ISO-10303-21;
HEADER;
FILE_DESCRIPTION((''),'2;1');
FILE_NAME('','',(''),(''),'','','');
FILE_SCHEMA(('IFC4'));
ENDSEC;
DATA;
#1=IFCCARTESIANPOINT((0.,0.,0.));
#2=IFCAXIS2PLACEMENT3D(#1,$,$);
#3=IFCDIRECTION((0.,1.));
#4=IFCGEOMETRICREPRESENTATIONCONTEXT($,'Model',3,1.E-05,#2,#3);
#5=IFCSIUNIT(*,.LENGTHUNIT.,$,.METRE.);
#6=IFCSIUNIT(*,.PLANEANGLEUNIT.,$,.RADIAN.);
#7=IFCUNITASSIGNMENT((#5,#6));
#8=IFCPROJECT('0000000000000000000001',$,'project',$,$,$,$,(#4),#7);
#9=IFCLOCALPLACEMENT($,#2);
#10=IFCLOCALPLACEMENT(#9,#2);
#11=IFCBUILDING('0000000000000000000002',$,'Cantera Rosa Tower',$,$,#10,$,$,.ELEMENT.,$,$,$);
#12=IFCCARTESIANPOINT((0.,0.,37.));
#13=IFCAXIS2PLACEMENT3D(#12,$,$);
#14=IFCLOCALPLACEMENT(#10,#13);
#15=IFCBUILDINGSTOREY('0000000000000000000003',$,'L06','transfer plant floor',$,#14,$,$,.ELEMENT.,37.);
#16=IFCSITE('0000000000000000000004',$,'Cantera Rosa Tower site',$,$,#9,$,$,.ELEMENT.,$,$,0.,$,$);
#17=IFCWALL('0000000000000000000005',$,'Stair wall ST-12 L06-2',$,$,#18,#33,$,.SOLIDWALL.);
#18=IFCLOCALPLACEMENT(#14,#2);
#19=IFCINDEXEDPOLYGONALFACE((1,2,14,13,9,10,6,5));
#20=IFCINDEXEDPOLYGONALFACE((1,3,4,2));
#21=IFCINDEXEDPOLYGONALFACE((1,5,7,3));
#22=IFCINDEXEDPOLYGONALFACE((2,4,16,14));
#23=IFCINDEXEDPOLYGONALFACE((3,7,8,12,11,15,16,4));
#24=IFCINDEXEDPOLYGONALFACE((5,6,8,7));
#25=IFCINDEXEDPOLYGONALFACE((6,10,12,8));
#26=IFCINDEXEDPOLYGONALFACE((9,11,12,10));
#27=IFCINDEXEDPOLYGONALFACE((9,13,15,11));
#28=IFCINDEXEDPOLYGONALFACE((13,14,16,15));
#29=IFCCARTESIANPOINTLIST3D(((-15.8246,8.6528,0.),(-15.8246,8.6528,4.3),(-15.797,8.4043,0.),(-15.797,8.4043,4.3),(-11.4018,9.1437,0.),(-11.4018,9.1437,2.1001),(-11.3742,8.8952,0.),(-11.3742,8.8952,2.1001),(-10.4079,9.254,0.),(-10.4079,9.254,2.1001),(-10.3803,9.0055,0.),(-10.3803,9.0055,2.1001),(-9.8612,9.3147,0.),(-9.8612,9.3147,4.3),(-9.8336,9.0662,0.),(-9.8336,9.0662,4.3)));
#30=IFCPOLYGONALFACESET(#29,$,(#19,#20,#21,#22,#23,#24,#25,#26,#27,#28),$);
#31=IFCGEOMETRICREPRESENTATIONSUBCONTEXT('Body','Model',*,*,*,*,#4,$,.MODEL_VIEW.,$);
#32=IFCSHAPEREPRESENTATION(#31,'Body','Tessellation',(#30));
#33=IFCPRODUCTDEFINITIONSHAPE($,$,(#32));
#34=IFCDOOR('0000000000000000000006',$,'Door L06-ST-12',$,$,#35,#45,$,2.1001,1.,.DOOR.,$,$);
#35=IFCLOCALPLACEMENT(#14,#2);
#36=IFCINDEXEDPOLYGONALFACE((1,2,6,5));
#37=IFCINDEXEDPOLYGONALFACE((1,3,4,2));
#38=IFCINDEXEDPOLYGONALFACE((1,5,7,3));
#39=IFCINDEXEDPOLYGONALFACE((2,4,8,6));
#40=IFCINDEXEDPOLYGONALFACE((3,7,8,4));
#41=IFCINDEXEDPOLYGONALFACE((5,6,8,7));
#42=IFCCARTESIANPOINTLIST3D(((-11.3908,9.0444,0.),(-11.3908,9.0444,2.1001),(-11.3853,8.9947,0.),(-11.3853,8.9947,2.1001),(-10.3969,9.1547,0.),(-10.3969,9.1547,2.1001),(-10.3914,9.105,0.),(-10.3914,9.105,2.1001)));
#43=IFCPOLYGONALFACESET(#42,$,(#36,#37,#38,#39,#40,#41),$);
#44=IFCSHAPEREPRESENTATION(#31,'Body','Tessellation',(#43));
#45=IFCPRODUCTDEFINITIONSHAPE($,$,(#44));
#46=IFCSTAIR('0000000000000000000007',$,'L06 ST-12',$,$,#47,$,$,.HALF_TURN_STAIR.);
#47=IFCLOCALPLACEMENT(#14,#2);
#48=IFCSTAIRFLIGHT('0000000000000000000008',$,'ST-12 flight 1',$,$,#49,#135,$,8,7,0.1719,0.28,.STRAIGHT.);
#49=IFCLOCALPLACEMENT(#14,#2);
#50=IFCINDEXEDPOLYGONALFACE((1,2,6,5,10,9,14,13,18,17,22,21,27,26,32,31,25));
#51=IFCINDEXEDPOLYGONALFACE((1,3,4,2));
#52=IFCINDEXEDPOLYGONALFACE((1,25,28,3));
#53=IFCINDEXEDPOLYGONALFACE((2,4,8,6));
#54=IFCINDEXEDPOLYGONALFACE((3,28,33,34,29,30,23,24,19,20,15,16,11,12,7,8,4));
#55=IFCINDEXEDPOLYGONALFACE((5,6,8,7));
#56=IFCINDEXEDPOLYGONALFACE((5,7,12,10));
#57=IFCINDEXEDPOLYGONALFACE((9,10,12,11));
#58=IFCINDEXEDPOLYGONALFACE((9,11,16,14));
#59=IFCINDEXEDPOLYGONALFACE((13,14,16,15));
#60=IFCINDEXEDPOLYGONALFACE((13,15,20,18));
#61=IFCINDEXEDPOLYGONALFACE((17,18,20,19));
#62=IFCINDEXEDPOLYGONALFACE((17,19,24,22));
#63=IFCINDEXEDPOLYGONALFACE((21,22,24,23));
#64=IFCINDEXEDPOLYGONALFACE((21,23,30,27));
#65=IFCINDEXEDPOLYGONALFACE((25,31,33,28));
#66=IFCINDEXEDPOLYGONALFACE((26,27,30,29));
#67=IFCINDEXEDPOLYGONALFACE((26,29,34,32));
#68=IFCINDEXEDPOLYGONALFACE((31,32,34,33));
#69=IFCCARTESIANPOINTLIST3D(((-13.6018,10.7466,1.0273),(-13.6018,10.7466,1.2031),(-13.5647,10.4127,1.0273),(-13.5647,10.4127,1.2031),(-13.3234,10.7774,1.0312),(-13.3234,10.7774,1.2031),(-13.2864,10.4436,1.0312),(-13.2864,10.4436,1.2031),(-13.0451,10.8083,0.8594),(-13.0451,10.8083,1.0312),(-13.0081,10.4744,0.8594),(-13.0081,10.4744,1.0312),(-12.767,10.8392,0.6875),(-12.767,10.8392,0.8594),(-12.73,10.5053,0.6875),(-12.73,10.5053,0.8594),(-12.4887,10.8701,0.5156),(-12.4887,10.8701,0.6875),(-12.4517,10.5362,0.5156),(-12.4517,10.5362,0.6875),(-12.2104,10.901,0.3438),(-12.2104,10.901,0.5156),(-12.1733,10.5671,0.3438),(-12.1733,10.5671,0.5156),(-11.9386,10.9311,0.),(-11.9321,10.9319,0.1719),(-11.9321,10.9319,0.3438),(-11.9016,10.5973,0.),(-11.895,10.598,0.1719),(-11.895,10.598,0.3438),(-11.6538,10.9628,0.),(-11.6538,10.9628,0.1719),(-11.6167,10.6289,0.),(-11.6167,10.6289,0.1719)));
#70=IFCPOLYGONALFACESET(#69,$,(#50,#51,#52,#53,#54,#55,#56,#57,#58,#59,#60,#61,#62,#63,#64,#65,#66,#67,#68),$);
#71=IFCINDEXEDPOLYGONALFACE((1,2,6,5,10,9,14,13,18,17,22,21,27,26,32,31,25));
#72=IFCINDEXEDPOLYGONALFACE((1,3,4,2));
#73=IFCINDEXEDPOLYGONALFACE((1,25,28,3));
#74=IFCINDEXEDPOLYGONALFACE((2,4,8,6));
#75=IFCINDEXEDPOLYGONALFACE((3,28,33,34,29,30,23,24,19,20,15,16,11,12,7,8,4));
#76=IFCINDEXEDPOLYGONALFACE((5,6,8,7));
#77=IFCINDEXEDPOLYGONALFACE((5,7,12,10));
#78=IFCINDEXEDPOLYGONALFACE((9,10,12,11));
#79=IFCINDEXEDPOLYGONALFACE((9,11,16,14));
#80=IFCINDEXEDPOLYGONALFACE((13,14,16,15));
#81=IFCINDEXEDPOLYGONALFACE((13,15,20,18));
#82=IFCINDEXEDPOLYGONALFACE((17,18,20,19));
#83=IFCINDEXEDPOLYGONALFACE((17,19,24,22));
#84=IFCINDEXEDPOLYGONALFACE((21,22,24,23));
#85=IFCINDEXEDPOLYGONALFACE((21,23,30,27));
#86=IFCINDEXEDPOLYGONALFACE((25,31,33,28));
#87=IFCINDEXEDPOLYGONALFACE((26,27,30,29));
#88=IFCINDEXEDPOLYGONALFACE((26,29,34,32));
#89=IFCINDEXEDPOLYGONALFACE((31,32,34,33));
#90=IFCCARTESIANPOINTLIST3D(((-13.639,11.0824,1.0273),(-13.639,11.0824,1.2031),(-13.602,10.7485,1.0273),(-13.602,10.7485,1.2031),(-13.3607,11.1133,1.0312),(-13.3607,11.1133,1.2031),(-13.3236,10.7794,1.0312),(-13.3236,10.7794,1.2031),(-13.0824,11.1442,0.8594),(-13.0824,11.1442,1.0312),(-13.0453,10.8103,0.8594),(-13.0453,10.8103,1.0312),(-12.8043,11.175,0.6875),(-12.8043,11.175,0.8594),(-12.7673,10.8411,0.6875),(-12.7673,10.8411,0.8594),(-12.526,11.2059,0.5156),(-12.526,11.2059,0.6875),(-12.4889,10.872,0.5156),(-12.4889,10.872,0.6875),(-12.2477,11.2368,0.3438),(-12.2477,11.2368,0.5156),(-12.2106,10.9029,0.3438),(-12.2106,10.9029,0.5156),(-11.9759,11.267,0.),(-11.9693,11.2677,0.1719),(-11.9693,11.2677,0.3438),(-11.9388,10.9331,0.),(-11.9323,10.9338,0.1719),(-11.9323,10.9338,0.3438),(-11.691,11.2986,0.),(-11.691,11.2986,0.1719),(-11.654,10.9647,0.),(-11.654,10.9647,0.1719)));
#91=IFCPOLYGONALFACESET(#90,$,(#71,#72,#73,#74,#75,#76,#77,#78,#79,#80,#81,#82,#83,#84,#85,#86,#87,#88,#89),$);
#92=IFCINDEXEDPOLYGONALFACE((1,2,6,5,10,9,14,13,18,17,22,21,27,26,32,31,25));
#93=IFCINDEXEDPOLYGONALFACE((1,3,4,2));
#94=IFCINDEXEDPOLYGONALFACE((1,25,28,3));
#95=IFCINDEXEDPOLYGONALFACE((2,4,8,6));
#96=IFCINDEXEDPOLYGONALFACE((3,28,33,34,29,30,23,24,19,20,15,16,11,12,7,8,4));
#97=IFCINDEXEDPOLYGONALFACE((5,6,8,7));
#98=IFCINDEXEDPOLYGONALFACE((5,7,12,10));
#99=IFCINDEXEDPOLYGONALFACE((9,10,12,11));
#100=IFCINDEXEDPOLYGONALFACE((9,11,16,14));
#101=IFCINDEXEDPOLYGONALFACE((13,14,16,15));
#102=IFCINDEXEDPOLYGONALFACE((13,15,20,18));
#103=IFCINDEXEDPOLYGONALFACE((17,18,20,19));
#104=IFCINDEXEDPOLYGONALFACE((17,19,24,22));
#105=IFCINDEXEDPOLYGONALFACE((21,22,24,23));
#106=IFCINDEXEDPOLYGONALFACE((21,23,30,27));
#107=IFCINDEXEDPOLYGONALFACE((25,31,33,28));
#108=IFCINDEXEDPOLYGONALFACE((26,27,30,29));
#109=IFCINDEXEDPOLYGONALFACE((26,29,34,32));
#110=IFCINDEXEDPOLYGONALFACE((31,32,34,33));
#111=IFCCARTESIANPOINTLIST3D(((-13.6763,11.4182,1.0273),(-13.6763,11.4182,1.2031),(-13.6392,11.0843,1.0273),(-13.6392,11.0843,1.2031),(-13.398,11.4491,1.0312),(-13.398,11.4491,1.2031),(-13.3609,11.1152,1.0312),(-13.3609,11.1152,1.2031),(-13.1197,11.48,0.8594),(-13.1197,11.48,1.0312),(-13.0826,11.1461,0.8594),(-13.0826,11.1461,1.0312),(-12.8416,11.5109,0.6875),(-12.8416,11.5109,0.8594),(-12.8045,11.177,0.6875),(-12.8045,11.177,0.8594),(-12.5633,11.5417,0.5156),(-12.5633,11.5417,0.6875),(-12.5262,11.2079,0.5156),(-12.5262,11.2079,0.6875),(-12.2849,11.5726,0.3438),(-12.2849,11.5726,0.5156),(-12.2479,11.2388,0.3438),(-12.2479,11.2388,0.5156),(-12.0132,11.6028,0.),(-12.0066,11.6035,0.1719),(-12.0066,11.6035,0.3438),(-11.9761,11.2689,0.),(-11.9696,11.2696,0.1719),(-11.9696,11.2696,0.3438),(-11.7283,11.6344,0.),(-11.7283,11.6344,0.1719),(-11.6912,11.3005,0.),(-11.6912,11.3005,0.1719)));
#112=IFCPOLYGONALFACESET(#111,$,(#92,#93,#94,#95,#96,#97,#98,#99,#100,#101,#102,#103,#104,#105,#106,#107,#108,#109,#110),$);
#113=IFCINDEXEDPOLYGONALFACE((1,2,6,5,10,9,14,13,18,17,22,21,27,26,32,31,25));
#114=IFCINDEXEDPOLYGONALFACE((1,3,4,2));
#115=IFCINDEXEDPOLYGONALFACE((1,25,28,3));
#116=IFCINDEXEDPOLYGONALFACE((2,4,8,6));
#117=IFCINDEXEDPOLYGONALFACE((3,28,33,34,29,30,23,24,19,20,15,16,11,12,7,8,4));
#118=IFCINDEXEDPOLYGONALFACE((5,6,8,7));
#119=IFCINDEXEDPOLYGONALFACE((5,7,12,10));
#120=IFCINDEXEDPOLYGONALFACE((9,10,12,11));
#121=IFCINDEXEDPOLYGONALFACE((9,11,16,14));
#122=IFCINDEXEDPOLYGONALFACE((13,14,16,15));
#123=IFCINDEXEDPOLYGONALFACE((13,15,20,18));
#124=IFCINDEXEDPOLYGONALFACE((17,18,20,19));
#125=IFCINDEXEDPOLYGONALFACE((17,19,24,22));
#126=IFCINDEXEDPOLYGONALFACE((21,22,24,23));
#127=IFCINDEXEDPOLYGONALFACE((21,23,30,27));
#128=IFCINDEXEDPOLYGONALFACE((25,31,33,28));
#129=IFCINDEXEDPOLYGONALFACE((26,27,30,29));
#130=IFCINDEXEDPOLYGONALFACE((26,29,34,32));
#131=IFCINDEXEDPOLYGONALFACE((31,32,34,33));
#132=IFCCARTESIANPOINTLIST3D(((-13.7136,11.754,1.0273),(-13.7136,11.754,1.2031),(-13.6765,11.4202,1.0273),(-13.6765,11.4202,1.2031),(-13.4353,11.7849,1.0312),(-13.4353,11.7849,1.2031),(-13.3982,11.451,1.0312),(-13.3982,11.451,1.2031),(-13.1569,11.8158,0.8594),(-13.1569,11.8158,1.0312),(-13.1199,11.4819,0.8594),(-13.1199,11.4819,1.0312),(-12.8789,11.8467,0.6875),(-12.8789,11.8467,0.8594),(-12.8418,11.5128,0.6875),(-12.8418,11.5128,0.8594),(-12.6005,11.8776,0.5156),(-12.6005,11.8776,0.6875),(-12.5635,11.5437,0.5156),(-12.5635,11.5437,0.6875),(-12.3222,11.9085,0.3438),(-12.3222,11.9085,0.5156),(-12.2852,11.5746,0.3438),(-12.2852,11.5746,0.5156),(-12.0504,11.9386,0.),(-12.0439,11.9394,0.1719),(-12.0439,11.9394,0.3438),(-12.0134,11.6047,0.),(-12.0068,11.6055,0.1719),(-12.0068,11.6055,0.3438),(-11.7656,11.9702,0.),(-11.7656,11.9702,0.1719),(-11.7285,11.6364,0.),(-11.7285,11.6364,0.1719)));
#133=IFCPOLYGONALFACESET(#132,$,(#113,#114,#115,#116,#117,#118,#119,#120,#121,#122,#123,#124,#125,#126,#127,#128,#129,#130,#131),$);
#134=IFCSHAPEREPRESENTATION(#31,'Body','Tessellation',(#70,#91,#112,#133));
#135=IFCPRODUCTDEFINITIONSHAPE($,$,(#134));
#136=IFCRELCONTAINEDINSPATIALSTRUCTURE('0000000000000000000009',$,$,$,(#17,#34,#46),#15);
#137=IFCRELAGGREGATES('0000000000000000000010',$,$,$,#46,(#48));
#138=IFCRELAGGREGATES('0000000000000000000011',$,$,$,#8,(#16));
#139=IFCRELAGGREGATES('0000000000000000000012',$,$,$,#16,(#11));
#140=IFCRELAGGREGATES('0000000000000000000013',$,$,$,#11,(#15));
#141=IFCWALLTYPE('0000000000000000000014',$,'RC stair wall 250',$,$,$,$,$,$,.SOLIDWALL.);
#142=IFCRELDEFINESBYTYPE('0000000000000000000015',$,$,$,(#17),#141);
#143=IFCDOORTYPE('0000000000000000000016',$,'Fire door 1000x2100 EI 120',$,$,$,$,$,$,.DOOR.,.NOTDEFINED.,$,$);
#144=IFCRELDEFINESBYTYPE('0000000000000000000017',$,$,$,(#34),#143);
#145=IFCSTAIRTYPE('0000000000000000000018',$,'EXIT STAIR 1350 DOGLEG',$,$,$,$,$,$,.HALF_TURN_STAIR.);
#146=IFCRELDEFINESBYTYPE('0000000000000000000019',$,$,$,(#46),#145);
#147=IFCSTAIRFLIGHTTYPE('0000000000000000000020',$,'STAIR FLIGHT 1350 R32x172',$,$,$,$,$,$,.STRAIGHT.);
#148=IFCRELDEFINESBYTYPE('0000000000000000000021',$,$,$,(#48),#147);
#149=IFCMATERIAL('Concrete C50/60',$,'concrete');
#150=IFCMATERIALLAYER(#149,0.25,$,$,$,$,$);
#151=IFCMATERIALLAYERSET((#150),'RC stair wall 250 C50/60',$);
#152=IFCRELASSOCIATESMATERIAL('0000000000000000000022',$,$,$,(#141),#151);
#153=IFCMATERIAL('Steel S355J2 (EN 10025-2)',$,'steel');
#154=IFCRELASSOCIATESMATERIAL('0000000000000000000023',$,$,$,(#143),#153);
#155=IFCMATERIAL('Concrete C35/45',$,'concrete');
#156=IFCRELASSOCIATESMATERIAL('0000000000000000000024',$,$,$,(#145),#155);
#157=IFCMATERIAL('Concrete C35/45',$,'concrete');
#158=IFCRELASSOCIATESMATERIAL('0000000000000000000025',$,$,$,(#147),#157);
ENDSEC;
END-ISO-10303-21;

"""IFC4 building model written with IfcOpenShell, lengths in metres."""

from ifc_helpers import new_model, si_unit, direction, frame, frame_2d, origin, place, context, subcontext, project, spatial, polyline, rectangle, outline, extrude, material, layer, layer_set, type_object, element, fill, aggregate, save


model = new_model("IFC4")

# Units and contexts
model_context = context("Model", 3, precision=1e-05, world=origin(), true_north=direction((0.0, 1.0)))
body_context = subcontext(model_context, "Body", "Model", "MODEL_VIEW")
ifc_project = project(units=[si_unit("LENGTHUNIT", "METRE"), si_unit("PLANEANGLEUNIT", "RADIAN")], contexts=[model_context])

# Site, building, storey
site_placement = place(None, origin())
site = spatial("IfcSite", under=ifc_project, at=site_placement, Name="Cantera Rosa Tower site", CompositionType="ELEMENT", RefElevation=0.0)
building_placement = place(site_placement, origin())
building = spatial("IfcBuilding", under=site, at=building_placement, Name="Cantera Rosa Tower", CompositionType="ELEMENT")
storey_placement = place(building_placement, frame((0.0, 0.0, 37.0)))
storey = spatial("IfcBuildingStorey", under=building, at=storey_placement, Name="L06", Description="transfer plant floor", CompositionType="ELEMENT", Elevation=37.0)

# Wall, opening, door
ifc_material_1 = material(Name="Concrete C50/60", Category="concrete")
ifc_layer_1 = layer(ifc_material_1, 0.25)
ifc_layer_set_1 = layer_set([ifc_layer_1], Name="RC stair wall 250 C50/60")
wall_type_1 = type_object("IfcWallType", Name="RC stair wall 250", PredefinedType="SOLIDWALL", material=ifc_layer_set_1)
wall_1_placement = place(storey_placement, frame((-9.8474, 9.1904, 0.0), z_axis=(0.0, 0.0, 1.0), x_axis=(-0.993897, -0.110311, 0.0)))
wall_1 = element("IfcWall", 1, at=wall_1_placement, inside=storey, type_object=wall_type_1, Name="Stair wall ST-12 L06-2", PredefinedType="SOLIDWALL", context=body_context, shape_type="SweptSolid", body=[
    extrude(rectangle(XDim=6.0, YDim=0.25, at=frame_2d((3.0, 0.0))), origin(), (0.0, 0.0, 1.0), 4.3),
])
opening_placement = place(wall_1_placement, frame((0.55, 0.0, 0.0)))
opening = element("IfcOpeningElement", 2, at=opening_placement, cuts=wall_1, PredefinedType="OPENING", context=body_context, shape_type="SweptSolid", body=[
    extrude(rectangle(XDim=1.0, YDim=2.1001, at=frame_2d((0.5, 1.05))), frame((0.0, 0.135, 0.0), z_axis=(0.0, -1.0, 0.0), x_axis=(1.0, 0.0, 0.0)), (0.0, 0.0, 1.0), 0.27),
])
ifc_material_2 = material(Name="Steel S355J2 (EN 10025-2)", Category="steel")
door_type = type_object("IfcDoorType", Name="Fire door 1000x2100 EI 120", OperationType="NOTDEFINED", PredefinedType="DOOR", material=ifc_material_2)
door_placement = place(opening_placement, origin())
door = element("IfcDoor", 3, at=door_placement, inside=storey, type_object=door_type, Name="Door L06-ST-12", OverallHeight=2.1001, OverallWidth=1.0, PredefinedType="DOOR", context=body_context, shape_type="SweptSolid", body=[
    extrude(rectangle(XDim=1.0, YDim=2.1001, at=frame_2d((0.5, 1.05))), frame((0.0, 0.0249, 0.0), z_axis=(0.0, -1.0, 0.0), x_axis=(1.0, 0.0, 0.0)), (0.0, 0.0, 1.0), 0.05),
])
fill(opening, door)

# Stair, stair flight
ifc_material_3 = material(Name="Concrete C35/45", Category="concrete")
stair_type = type_object("IfcStairType", Name="EXIT STAIR 1350 DOGLEG", PredefinedType="HALF_TURN_STAIR", material=ifc_material_3)
stair_placement = place(storey_placement, origin())
stair = element("IfcStair", 4, at=stair_placement, inside=storey, type_object=stair_type, Name="L06 ST-12", PredefinedType="HALF_TURN_STAIR")
ifc_material_4 = material(Name="Concrete C35/45", Category="concrete")
stair_flight_type = type_object("IfcStairFlightType", Name="STAIR FLIGHT 1350 R32x172", PredefinedType="STRAIGHT", material=ifc_material_4)
stair_flight_1_placement = place(storey_placement, frame((-11.6912, 11.2998, 0.0), z_axis=(0.0, 0.0, 1.0), x_axis=(-0.993897, -0.110313, 0.0)))
stair_flight_1 = element("IfcStairFlight", 5, at=stair_flight_1_placement, type_object=stair_flight_type, Name="ST-12 flight 1", NumberOfRisers=8, NumberOfTreads=7, PredefinedType="STRAIGHT", RiserHeight=0.1719, TreadLength=0.28, context=body_context, shape_type="SweptSolid", body=[
    extrude(outline(polyline([(0.0, 0.0), (0.0, 0.1719), (0.28, 0.1719), (0.28, 0.3438), (0.5601, 0.3438), (0.5601, 0.5156), (0.8401, 0.5156), (0.8401, 0.6875), (1.1201, 0.6875), (1.1201, 0.8594), (1.3999, 0.8594), (1.3999, 1.0312), (1.6799, 1.0312), (1.6799, 1.2031), (1.96, 1.2031), (1.96, 1.375), (1.96, 1.0273), (0.2866, 0.0), (0.0, 0.0)])), frame((0.0, 0.675, 0.0), z_axis=(0.0, -1.0, 0.0), x_axis=(1.0, 0.0, 0.0)), (0.0, 0.0, 1.0), 0.3359),
    extrude(outline(polyline([(0.0, 0.0), (0.0, 0.1719), (0.28, 0.1719), (0.28, 0.3438), (0.5601, 0.3438), (0.5601, 0.5156), (0.8401, 0.5156), (0.8401, 0.6875), (1.1201, 0.6875), (1.1201, 0.8594), (1.3999, 0.8594), (1.3999, 1.0312), (1.6799, 1.0312), (1.6799, 1.2031), (1.96, 1.2031), (1.96, 1.375), (1.96, 1.0273), (0.2866, 0.0), (0.0, 0.0)])), frame((0.0, 0.3372, 0.0), z_axis=(0.0, -1.0, 0.0), x_axis=(1.0, 0.0, 0.0)), (0.0, 0.0, 1.0), 0.3359),
    extrude(outline(polyline([(0.0, 0.0), (0.0, 0.1719), (0.28, 0.1719), (0.28, 0.3438), (0.5601, 0.3438), (0.5601, 0.5156), (0.8401, 0.5156), (0.8401, 0.6875), (1.1201, 0.6875), (1.1201, 0.8594), (1.3999, 0.8594), (1.3999, 1.0312), (1.6799, 1.0312), (1.6799, 1.2031), (1.96, 1.2031), (1.96, 1.375), (1.96, 1.0273), (0.2866, 0.0), (0.0, 0.0)])), frame((0.0, -0.0007, 0.0), z_axis=(0.0, -1.0, 0.0), x_axis=(1.0, 0.0, 0.0)), (0.0, 0.0, 1.0), 0.3359),
    extrude(outline(polyline([(0.0, 0.0), (0.0, 0.1719), (0.28, 0.1719), (0.28, 0.3438), (0.5601, 0.3438), (0.5601, 0.5156), (0.8401, 0.5156), (0.8401, 0.6875), (1.1201, 0.6875), (1.1201, 0.8594), (1.3999, 0.8594), (1.3999, 1.0312), (1.6799, 1.0312), (1.6799, 1.2031), (1.96, 1.2031), (1.96, 1.375), (1.96, 1.0273), (0.2866, 0.0), (0.0, 0.0)])), frame((0.0, -0.3386, 0.0), z_axis=(0.0, -1.0, 0.0), x_axis=(1.0, 0.0, 0.0)), (0.0, 0.0, 1.0), 0.3359),
])
aggregate(stair, [stair_flight_1])

save(model, "model.ifc")
